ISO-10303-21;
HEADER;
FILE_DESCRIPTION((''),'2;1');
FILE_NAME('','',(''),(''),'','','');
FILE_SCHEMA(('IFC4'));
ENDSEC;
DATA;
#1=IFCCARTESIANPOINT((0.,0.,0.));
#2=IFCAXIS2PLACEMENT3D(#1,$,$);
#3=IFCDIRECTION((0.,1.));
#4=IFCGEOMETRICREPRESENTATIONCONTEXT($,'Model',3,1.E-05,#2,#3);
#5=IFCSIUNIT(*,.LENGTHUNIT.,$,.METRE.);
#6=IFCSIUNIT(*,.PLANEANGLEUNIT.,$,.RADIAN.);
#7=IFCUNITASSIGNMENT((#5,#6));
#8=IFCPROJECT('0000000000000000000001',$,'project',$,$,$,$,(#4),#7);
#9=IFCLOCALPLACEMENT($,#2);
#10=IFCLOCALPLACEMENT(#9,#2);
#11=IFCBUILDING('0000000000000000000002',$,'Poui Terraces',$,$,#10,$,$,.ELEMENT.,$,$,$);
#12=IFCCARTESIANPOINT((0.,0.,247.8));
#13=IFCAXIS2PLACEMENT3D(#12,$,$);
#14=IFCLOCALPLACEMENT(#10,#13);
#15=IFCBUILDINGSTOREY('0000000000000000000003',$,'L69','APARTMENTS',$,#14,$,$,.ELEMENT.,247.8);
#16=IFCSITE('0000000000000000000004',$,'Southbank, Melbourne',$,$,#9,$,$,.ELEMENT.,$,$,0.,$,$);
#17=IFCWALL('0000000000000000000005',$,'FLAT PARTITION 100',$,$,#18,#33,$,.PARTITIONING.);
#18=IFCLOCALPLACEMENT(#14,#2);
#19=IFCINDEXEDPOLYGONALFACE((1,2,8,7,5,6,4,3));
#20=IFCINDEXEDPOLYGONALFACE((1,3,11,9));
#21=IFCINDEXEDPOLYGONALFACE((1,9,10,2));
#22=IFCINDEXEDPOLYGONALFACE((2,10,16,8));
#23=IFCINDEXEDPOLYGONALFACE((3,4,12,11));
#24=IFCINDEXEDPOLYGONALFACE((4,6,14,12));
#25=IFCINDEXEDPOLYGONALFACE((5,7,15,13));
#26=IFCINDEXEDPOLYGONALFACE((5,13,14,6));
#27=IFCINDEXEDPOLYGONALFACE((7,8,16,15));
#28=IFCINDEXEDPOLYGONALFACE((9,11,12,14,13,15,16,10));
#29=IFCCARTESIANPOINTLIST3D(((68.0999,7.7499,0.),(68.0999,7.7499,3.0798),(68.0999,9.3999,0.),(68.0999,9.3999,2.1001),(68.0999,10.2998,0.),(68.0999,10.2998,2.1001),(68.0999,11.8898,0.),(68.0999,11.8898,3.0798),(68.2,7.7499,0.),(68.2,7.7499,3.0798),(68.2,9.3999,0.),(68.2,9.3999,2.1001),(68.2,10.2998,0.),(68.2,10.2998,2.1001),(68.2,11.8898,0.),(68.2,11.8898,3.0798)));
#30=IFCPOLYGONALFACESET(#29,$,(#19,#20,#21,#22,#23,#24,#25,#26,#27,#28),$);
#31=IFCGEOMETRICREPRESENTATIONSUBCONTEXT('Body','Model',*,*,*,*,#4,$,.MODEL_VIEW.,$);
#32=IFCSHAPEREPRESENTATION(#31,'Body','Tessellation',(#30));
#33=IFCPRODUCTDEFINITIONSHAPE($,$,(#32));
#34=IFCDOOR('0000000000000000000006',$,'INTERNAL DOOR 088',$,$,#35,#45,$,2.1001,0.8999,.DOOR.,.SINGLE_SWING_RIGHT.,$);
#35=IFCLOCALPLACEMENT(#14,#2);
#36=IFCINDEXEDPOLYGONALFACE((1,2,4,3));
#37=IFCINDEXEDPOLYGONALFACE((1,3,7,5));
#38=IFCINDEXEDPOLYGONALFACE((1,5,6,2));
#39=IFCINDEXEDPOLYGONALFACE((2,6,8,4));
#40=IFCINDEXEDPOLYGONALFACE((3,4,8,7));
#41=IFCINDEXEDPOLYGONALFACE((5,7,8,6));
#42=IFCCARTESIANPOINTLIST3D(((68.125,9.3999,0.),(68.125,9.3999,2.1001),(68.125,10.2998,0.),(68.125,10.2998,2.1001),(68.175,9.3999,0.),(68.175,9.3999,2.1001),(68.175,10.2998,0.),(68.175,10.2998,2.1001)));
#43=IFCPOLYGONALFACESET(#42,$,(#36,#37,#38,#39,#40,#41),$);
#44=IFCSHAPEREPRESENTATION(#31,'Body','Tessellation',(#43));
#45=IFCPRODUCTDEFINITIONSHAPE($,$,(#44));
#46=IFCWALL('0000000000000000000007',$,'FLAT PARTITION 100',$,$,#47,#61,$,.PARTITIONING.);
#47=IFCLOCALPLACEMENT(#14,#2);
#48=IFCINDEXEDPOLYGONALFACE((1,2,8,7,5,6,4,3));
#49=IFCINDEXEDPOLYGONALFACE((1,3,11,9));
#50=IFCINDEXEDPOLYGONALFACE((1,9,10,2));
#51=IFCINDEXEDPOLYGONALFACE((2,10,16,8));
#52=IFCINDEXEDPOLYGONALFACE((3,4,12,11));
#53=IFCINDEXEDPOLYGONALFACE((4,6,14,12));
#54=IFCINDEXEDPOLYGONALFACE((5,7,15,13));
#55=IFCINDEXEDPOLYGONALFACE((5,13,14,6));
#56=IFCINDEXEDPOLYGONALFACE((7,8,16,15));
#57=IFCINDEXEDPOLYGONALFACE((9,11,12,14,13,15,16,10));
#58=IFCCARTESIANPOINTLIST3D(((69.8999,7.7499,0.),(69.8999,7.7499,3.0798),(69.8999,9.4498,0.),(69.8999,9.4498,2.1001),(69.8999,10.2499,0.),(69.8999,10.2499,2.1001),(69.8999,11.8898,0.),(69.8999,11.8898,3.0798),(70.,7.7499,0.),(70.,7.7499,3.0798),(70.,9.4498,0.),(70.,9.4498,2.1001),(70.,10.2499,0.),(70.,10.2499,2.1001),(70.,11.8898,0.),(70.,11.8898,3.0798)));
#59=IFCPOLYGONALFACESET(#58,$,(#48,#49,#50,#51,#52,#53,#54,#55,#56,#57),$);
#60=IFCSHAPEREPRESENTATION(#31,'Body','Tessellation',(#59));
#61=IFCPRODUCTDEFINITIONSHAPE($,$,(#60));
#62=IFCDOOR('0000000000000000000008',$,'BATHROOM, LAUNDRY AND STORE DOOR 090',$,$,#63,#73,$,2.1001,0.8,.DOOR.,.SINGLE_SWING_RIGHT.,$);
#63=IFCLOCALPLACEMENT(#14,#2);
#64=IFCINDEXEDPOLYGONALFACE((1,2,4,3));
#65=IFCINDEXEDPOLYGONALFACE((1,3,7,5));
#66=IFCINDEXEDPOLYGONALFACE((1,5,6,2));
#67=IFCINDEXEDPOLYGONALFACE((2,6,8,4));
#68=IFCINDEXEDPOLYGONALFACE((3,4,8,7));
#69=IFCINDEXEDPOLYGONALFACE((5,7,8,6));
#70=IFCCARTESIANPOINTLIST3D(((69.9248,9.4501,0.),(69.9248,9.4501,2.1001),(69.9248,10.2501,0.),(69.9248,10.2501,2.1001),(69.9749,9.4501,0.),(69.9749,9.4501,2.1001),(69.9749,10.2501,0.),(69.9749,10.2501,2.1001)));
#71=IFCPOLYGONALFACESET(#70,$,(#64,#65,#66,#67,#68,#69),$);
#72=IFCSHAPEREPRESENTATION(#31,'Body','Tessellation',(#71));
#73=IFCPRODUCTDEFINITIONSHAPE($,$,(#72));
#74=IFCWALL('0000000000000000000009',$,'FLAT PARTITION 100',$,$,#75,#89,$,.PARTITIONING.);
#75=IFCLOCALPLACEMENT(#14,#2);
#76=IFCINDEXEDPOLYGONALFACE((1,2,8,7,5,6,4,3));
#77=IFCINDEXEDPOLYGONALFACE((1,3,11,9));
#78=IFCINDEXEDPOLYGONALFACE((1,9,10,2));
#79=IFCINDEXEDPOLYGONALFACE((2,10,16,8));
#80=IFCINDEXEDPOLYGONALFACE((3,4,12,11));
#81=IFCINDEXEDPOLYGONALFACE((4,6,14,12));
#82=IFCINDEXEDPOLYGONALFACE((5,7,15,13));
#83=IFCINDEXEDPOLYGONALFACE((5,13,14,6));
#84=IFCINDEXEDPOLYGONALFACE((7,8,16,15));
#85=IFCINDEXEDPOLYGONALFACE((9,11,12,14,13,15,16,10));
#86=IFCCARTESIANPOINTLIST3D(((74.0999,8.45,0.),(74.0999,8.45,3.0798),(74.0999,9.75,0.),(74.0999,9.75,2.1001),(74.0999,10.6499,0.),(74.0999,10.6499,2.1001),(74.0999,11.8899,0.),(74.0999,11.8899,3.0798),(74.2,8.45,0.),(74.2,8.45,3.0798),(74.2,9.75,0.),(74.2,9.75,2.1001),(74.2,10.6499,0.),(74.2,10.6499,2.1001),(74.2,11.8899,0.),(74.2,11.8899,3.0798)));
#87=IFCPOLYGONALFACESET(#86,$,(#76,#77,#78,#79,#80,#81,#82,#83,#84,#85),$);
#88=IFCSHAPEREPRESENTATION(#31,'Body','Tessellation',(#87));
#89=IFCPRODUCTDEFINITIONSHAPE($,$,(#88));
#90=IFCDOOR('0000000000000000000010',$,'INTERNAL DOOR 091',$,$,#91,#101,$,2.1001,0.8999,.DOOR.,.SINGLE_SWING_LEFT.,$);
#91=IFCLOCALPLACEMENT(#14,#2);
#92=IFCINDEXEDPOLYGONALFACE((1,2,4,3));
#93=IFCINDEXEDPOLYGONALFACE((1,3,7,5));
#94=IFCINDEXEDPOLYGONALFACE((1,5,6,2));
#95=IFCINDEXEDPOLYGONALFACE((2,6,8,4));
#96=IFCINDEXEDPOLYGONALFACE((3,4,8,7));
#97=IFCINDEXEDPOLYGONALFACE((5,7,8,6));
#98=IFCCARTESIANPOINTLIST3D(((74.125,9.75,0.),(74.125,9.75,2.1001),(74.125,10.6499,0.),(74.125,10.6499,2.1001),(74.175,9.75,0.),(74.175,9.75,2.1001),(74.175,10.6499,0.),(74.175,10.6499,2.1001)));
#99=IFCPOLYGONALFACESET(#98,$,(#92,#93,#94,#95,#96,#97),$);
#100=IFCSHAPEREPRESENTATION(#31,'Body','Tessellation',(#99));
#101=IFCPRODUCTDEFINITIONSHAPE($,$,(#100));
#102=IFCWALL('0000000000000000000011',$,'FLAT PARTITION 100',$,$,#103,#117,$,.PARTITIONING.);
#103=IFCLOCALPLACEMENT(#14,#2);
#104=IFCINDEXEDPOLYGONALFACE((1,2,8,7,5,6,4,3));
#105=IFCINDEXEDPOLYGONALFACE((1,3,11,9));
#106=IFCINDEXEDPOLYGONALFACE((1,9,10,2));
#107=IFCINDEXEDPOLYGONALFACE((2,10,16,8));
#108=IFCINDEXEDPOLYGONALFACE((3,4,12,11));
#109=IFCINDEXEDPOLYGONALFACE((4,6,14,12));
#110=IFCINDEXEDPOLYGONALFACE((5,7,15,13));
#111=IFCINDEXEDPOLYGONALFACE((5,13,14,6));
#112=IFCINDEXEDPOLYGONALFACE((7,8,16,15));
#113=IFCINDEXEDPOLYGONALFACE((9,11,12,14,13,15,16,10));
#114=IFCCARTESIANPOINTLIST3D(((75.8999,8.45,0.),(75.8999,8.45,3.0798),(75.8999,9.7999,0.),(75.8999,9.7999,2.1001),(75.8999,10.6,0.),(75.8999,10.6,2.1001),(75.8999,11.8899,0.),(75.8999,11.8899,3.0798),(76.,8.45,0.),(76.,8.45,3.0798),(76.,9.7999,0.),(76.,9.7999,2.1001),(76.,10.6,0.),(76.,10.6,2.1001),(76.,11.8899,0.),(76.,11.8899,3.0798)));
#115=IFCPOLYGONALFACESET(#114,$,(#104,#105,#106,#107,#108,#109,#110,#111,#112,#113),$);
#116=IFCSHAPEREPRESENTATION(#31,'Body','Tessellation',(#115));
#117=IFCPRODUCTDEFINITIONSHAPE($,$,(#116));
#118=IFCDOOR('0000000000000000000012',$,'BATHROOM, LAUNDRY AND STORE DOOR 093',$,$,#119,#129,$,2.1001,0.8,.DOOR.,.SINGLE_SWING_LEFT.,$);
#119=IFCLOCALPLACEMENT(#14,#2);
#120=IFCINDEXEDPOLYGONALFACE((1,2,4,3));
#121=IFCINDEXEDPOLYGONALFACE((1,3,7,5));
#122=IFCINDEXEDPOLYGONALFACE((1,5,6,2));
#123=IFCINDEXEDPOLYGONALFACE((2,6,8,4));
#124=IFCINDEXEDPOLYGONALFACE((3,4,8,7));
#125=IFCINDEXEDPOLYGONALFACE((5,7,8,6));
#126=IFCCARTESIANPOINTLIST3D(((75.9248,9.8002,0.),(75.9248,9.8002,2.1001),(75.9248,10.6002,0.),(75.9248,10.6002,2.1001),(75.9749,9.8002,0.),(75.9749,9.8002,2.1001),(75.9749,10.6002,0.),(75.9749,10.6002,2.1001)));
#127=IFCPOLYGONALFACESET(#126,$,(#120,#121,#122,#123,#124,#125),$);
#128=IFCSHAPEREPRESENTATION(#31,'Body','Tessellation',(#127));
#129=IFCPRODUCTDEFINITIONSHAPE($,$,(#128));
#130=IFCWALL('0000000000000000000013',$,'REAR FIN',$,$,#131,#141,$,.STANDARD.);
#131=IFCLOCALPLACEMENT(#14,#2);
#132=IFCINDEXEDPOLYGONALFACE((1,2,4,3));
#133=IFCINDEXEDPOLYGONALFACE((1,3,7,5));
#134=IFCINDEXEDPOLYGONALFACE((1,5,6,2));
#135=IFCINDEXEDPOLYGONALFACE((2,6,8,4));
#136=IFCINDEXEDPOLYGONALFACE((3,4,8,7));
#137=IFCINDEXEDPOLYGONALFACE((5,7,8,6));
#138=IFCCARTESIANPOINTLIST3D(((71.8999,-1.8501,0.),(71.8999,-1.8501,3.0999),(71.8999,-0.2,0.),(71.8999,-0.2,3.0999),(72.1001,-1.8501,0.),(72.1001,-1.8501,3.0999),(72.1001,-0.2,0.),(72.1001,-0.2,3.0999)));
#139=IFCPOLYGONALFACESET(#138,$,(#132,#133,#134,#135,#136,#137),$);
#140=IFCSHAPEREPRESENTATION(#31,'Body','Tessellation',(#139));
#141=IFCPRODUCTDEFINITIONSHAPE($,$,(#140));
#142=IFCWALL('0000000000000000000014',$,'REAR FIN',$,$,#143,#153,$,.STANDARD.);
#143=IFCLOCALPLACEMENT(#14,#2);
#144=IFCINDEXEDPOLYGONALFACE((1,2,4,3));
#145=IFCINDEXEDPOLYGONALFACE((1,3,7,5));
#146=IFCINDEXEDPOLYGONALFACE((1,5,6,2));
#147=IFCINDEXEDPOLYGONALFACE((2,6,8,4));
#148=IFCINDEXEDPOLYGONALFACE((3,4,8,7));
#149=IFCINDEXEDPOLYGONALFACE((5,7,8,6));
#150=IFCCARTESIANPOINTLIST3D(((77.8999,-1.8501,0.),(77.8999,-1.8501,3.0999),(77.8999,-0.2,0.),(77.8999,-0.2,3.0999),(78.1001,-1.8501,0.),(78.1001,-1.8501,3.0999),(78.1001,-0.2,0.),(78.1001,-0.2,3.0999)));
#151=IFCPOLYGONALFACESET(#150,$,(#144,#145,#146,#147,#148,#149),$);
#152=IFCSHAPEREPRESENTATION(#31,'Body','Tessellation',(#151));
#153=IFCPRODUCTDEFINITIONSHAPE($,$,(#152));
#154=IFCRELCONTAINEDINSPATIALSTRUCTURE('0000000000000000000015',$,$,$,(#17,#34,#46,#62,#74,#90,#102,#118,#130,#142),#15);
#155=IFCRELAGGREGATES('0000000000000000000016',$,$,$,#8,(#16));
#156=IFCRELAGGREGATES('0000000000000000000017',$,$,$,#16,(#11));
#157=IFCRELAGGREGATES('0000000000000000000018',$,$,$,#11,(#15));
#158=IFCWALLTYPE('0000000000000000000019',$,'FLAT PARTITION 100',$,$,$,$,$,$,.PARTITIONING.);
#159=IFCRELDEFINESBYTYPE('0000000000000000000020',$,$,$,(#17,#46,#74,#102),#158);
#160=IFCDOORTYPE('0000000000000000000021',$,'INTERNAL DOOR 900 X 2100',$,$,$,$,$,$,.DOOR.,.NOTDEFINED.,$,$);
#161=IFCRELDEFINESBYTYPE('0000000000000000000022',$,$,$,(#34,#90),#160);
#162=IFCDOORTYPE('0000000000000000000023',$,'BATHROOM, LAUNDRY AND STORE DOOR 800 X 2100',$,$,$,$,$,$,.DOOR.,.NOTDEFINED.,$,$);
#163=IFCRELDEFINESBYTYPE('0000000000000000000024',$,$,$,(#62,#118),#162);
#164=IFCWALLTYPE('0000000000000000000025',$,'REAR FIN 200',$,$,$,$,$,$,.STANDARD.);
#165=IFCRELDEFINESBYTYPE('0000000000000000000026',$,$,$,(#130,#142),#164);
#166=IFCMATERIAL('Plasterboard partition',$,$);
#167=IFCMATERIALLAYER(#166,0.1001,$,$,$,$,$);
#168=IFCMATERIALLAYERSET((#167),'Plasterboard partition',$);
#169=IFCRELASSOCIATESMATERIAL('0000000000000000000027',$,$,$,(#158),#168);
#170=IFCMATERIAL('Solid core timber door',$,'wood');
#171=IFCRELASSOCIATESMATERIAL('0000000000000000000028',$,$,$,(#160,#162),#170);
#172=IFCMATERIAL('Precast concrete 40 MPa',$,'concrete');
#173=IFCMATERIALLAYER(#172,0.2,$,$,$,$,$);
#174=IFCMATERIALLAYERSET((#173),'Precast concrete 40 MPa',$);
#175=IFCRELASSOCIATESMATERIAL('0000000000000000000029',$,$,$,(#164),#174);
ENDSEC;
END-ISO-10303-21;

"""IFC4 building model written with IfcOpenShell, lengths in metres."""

from ifc_helpers import new_model, si_unit, direction, frame, frame_2d, origin, place, context, subcontext, project, spatial, polyline, rectangle, outline, extrude, source, transform, mapped, material, layer, layer_set, type_object, element, fill, save


model = new_model("IFC4")

# Units and contexts
model_context = context("Model", 3, precision=1e-05, world=origin(), true_north=direction((0.0, 1.0)))
body_context = subcontext(model_context, "Body", "Model", "MODEL_VIEW")
ifc_project = project(units=[si_unit("LENGTHUNIT", "METRE"), si_unit("PLANEANGLEUNIT", "RADIAN")], contexts=[model_context])

# Site, building, storey
site_placement = place(None, origin())
site = spatial("IfcSite", under=ifc_project, at=site_placement, Name="Southbank, Melbourne", CompositionType="ELEMENT", RefElevation=0.0)
building_placement = place(site_placement, origin())
building = spatial("IfcBuilding", under=site, at=building_placement, Name="Poui Terraces", CompositionType="ELEMENT")
storey_placement = place(building_placement, frame((0.0, 0.0, 247.8)))
storey = spatial("IfcBuildingStorey", under=building, at=storey_placement, Name="L69", Description="APARTMENTS", CompositionType="ELEMENT", Elevation=247.8)

# Shared definitions
ifc_material_1 = material(Name="Precast concrete 40 MPa", Category="concrete")

# Shared definitions
ifc_material_2 = material(Name="Plasterboard partition")
ifc_layer_1 = layer(ifc_material_2, 0.1001)
ifc_layer_set_1 = layer_set([ifc_layer_1], Name="Plasterboard partition")
wall_type_1 = type_object("IfcWallType", Name="FLAT PARTITION 100", PredefinedType="PARTITIONING", material=ifc_layer_set_1)

# Walls, openings, doors
wall_1_placement = place(storey_placement, frame((68.1499, 7.75, 0.0), z_axis=(0.0, 0.0, 1.0), x_axis=(0.0, 1.0, 0.0)))
wall_1 = element("IfcWall", 1, at=wall_1_placement, inside=storey, type_object=wall_type_1, Name="FLAT PARTITION 100", PredefinedType="PARTITIONING", context=body_context, shape_type="SweptSolid", body=[
    extrude(rectangle(XDim=4.1399, YDim=0.1001, at=frame_2d((2.0698, 0.0))), origin(), (0.0, 0.0, 1.0), 3.0798),
])
opening_1_placement = place(wall_1_placement, frame((1.6499, 0.0, 0.0)))
opening_1 = element("IfcOpeningElement", 2, at=opening_1_placement, cuts=wall_1, PredefinedType="OPENING", context=body_context, shape_type="SweptSolid", body=[
    extrude(rectangle(XDim=0.8999, YDim=2.1001, at=frame_2d((0.45, 1.05))), frame((0.0, 0.0601, 0.0), z_axis=(0.0, -1.0, 0.0), x_axis=(1.0, 0.0, 0.0)), (0.0, 0.0, 1.0), 0.1201),
])
ifc_material_3 = material(Name="Solid core timber door", Category="wood")
door_type_1 = type_object("IfcDoorType", Name="INTERNAL DOOR 900 X 2100", OperationType="NOTDEFINED", PredefinedType="DOOR", material=ifc_material_3)
door_1_placement = place(opening_1_placement, origin())
door_1 = element("IfcDoor", 3, at=door_1_placement, inside=storey, type_object=door_type_1, Name="INTERNAL DOOR 088", OperationType="SINGLE_SWING_RIGHT", OverallHeight=2.1001, OverallWidth=0.8999, PredefinedType="DOOR", context=body_context, shape_type="SweptSolid", body=[
    extrude(rectangle(XDim=0.8999, YDim=2.1001, at=frame_2d((0.45, 1.05))), frame((0.0, 0.0249, 0.0), z_axis=(0.0, -1.0, 0.0), x_axis=(1.0, 0.0, 0.0)), (0.0, 0.0, 1.0), 0.05),
])
fill(opening_1, door_1)
wall_2_placement = place(storey_placement, frame((69.95, 7.75, 0.0), z_axis=(0.0, 0.0, 1.0), x_axis=(0.0, 1.0, 0.0)))
wall_2 = element("IfcWall", 4, at=wall_2_placement, inside=storey, type_object=wall_type_1, Name="FLAT PARTITION 100", PredefinedType="PARTITIONING", context=body_context, shape_type="SweptSolid", body=[
    extrude(rectangle(XDim=4.1399, YDim=0.1001, at=frame_2d((2.0698, 0.0))), origin(), (0.0, 0.0, 1.0), 3.0798),
])
opening_2_placement = place(wall_2_placement, frame((1.7, 0.0, 0.0)))
opening_2 = element("IfcOpeningElement", 5, at=opening_2_placement, cuts=wall_2, PredefinedType="OPENING", context=body_context, shape_type="SweptSolid", body=[
    extrude(rectangle(XDim=0.8, YDim=2.1001, at=frame_2d((0.3999, 1.05))), frame((0.0, 0.0601, 0.0), z_axis=(0.0, -1.0, 0.0), x_axis=(1.0, 0.0, 0.0)), (0.0, 0.0, 1.0), 0.1201),
])
door_type_2 = type_object("IfcDoorType", Name="BATHROOM, LAUNDRY AND STORE DOOR 800 X 2100", OperationType="NOTDEFINED", PredefinedType="DOOR", material=ifc_material_3)
door_2_placement = place(opening_2_placement, frame((0.8, 0.0, 0.0), z_axis=(0.0, 0.0, 1.0), x_axis=(-1.0, 0.0, 0.0)))
door_2 = element("IfcDoor", 6, at=door_2_placement, inside=storey, type_object=door_type_2, Name="BATHROOM, LAUNDRY AND STORE DOOR 090", OperationType="SINGLE_SWING_RIGHT", OverallHeight=2.1001, OverallWidth=0.8, PredefinedType="DOOR", context=body_context, shape_type="SweptSolid", body=[
    extrude(rectangle(XDim=0.8, YDim=2.1001, at=frame_2d((0.3999, 1.05))), frame((0.0, 0.0249, 0.0), z_axis=(0.0, -1.0, 0.0), x_axis=(1.0, 0.0, 0.0)), (0.0, 0.0, 1.0), 0.05),
])
fill(opening_2, door_2)
wall_3_placement = place(storey_placement, frame((74.1499, 8.45, 0.0), z_axis=(0.0, 0.0, 1.0), x_axis=(0.0, 1.0, 0.0)))
wall_3 = element("IfcWall", 7, at=wall_3_placement, inside=storey, type_object=wall_type_1, Name="FLAT PARTITION 100", PredefinedType="PARTITIONING", context=body_context, shape_type="SweptSolid", body=[
    extrude(rectangle(XDim=3.4399, YDim=0.1001, at=frame_2d((1.72, 0.0))), origin(), (0.0, 0.0, 1.0), 3.0798),
])
opening_3_placement = place(wall_3_placement, frame((1.3, 0.0, 0.0)))
opening_3 = element("IfcOpeningElement", 8, at=opening_3_placement, cuts=wall_3, PredefinedType="OPENING", context=body_context, shape_type="SweptSolid", body=[
    extrude(rectangle(XDim=0.8999, YDim=2.1001, at=frame_2d((0.45, 1.05))), frame((0.0, 0.0601, 0.0), z_axis=(0.0, -1.0, 0.0), x_axis=(1.0, 0.0, 0.0)), (0.0, 0.0, 1.0), 0.1201),
])
door_3_placement = place(opening_3_placement, origin())
door_3 = element("IfcDoor", 9, at=door_3_placement, inside=storey, type_object=door_type_1, Name="INTERNAL DOOR 091", OperationType="SINGLE_SWING_LEFT", OverallHeight=2.1001, OverallWidth=0.8999, PredefinedType="DOOR", context=body_context, shape_type="SweptSolid", body=[
    extrude(rectangle(XDim=0.8999, YDim=2.1001, at=frame_2d((0.45, 1.05))), frame((0.0, 0.0249, 0.0), z_axis=(0.0, -1.0, 0.0), x_axis=(1.0, 0.0, 0.0)), (0.0, 0.0, 1.0), 0.05),
])
fill(opening_3, door_3)
wall_4_placement = place(storey_placement, frame((75.95, 8.45, 0.0), z_axis=(0.0, 0.0, 1.0), x_axis=(0.0, 1.0, 0.0)))
wall_4 = element("IfcWall", 10, at=wall_4_placement, inside=storey, type_object=wall_type_1, Name="FLAT PARTITION 100", PredefinedType="PARTITIONING", context=body_context, shape_type="SweptSolid", body=[
    extrude(rectangle(XDim=3.4399, YDim=0.1001, at=frame_2d((1.72, 0.0))), origin(), (0.0, 0.0, 1.0), 3.0798),
])
opening_4_placement = place(wall_4_placement, frame((1.3501, 0.0, 0.0)))
opening_4 = element("IfcOpeningElement", 11, at=opening_4_placement, cuts=wall_4, PredefinedType="OPENING", context=body_context, shape_type="SweptSolid", body=[
    extrude(rectangle(XDim=0.8, YDim=2.1001, at=frame_2d((0.3999, 1.05))), frame((0.0, 0.0601, 0.0), z_axis=(0.0, -1.0, 0.0), x_axis=(1.0, 0.0, 0.0)), (0.0, 0.0, 1.0), 0.1201),
])
door_4_placement = place(opening_4_placement, frame((0.8, 0.0, 0.0), z_axis=(0.0, 0.0, 1.0), x_axis=(-1.0, 0.0, 0.0)))
door_4 = element("IfcDoor", 12, at=door_4_placement, inside=storey, type_object=door_type_2, Name="BATHROOM, LAUNDRY AND STORE DOOR 093", OperationType="SINGLE_SWING_LEFT", OverallHeight=2.1001, OverallWidth=0.8, PredefinedType="DOOR", context=body_context, shape_type="SweptSolid", body=[
    extrude(rectangle(XDim=0.8, YDim=2.1001, at=frame_2d((0.3999, 1.05))), frame((0.0, 0.0249, 0.0), z_axis=(0.0, -1.0, 0.0), x_axis=(1.0, 0.0, 0.0)), (0.0, 0.0, 1.0), 0.05),
])
fill(opening_4, door_4)

# Walls
ifc_layer_2 = layer(ifc_material_1, 0.2)
ifc_layer_set_2 = layer_set([ifc_layer_2], Name="Precast concrete 40 MPa")
wall_type_2 = type_object("IfcWallType", Name="REAR FIN 200", PredefinedType="STANDARD", material=ifc_layer_set_2)
shared_shape_1 = source(origin(), body_context, "Body", "SweptSolid", [
    extrude(outline(polyline([(0.0, 0.0), (0.2002, 0.0), (0.2002, 1.6501), (0.0, 1.6501), (0.0, 0.0)])), origin(), (0.0, 0.0, 1.0), 3.0999),
])
for number, where, name in (
    (13, (71.8999, -1.8501, 0.0), "REAR FIN"),
    (14, (77.8999, -1.8501, 0.0), "REAR FIN"),
):
    element("IfcWall", number, at=place(storey_placement, frame(where)), inside=storey, type_object=wall_type_2, Name=name, PredefinedType="STANDARD", context=body_context, shape_type="MappedRepresentation", body=[
        mapped(shared_shape_1, transform((0.0, 0.0, 0.0))),
    ])

save(model, "model.ifc")
